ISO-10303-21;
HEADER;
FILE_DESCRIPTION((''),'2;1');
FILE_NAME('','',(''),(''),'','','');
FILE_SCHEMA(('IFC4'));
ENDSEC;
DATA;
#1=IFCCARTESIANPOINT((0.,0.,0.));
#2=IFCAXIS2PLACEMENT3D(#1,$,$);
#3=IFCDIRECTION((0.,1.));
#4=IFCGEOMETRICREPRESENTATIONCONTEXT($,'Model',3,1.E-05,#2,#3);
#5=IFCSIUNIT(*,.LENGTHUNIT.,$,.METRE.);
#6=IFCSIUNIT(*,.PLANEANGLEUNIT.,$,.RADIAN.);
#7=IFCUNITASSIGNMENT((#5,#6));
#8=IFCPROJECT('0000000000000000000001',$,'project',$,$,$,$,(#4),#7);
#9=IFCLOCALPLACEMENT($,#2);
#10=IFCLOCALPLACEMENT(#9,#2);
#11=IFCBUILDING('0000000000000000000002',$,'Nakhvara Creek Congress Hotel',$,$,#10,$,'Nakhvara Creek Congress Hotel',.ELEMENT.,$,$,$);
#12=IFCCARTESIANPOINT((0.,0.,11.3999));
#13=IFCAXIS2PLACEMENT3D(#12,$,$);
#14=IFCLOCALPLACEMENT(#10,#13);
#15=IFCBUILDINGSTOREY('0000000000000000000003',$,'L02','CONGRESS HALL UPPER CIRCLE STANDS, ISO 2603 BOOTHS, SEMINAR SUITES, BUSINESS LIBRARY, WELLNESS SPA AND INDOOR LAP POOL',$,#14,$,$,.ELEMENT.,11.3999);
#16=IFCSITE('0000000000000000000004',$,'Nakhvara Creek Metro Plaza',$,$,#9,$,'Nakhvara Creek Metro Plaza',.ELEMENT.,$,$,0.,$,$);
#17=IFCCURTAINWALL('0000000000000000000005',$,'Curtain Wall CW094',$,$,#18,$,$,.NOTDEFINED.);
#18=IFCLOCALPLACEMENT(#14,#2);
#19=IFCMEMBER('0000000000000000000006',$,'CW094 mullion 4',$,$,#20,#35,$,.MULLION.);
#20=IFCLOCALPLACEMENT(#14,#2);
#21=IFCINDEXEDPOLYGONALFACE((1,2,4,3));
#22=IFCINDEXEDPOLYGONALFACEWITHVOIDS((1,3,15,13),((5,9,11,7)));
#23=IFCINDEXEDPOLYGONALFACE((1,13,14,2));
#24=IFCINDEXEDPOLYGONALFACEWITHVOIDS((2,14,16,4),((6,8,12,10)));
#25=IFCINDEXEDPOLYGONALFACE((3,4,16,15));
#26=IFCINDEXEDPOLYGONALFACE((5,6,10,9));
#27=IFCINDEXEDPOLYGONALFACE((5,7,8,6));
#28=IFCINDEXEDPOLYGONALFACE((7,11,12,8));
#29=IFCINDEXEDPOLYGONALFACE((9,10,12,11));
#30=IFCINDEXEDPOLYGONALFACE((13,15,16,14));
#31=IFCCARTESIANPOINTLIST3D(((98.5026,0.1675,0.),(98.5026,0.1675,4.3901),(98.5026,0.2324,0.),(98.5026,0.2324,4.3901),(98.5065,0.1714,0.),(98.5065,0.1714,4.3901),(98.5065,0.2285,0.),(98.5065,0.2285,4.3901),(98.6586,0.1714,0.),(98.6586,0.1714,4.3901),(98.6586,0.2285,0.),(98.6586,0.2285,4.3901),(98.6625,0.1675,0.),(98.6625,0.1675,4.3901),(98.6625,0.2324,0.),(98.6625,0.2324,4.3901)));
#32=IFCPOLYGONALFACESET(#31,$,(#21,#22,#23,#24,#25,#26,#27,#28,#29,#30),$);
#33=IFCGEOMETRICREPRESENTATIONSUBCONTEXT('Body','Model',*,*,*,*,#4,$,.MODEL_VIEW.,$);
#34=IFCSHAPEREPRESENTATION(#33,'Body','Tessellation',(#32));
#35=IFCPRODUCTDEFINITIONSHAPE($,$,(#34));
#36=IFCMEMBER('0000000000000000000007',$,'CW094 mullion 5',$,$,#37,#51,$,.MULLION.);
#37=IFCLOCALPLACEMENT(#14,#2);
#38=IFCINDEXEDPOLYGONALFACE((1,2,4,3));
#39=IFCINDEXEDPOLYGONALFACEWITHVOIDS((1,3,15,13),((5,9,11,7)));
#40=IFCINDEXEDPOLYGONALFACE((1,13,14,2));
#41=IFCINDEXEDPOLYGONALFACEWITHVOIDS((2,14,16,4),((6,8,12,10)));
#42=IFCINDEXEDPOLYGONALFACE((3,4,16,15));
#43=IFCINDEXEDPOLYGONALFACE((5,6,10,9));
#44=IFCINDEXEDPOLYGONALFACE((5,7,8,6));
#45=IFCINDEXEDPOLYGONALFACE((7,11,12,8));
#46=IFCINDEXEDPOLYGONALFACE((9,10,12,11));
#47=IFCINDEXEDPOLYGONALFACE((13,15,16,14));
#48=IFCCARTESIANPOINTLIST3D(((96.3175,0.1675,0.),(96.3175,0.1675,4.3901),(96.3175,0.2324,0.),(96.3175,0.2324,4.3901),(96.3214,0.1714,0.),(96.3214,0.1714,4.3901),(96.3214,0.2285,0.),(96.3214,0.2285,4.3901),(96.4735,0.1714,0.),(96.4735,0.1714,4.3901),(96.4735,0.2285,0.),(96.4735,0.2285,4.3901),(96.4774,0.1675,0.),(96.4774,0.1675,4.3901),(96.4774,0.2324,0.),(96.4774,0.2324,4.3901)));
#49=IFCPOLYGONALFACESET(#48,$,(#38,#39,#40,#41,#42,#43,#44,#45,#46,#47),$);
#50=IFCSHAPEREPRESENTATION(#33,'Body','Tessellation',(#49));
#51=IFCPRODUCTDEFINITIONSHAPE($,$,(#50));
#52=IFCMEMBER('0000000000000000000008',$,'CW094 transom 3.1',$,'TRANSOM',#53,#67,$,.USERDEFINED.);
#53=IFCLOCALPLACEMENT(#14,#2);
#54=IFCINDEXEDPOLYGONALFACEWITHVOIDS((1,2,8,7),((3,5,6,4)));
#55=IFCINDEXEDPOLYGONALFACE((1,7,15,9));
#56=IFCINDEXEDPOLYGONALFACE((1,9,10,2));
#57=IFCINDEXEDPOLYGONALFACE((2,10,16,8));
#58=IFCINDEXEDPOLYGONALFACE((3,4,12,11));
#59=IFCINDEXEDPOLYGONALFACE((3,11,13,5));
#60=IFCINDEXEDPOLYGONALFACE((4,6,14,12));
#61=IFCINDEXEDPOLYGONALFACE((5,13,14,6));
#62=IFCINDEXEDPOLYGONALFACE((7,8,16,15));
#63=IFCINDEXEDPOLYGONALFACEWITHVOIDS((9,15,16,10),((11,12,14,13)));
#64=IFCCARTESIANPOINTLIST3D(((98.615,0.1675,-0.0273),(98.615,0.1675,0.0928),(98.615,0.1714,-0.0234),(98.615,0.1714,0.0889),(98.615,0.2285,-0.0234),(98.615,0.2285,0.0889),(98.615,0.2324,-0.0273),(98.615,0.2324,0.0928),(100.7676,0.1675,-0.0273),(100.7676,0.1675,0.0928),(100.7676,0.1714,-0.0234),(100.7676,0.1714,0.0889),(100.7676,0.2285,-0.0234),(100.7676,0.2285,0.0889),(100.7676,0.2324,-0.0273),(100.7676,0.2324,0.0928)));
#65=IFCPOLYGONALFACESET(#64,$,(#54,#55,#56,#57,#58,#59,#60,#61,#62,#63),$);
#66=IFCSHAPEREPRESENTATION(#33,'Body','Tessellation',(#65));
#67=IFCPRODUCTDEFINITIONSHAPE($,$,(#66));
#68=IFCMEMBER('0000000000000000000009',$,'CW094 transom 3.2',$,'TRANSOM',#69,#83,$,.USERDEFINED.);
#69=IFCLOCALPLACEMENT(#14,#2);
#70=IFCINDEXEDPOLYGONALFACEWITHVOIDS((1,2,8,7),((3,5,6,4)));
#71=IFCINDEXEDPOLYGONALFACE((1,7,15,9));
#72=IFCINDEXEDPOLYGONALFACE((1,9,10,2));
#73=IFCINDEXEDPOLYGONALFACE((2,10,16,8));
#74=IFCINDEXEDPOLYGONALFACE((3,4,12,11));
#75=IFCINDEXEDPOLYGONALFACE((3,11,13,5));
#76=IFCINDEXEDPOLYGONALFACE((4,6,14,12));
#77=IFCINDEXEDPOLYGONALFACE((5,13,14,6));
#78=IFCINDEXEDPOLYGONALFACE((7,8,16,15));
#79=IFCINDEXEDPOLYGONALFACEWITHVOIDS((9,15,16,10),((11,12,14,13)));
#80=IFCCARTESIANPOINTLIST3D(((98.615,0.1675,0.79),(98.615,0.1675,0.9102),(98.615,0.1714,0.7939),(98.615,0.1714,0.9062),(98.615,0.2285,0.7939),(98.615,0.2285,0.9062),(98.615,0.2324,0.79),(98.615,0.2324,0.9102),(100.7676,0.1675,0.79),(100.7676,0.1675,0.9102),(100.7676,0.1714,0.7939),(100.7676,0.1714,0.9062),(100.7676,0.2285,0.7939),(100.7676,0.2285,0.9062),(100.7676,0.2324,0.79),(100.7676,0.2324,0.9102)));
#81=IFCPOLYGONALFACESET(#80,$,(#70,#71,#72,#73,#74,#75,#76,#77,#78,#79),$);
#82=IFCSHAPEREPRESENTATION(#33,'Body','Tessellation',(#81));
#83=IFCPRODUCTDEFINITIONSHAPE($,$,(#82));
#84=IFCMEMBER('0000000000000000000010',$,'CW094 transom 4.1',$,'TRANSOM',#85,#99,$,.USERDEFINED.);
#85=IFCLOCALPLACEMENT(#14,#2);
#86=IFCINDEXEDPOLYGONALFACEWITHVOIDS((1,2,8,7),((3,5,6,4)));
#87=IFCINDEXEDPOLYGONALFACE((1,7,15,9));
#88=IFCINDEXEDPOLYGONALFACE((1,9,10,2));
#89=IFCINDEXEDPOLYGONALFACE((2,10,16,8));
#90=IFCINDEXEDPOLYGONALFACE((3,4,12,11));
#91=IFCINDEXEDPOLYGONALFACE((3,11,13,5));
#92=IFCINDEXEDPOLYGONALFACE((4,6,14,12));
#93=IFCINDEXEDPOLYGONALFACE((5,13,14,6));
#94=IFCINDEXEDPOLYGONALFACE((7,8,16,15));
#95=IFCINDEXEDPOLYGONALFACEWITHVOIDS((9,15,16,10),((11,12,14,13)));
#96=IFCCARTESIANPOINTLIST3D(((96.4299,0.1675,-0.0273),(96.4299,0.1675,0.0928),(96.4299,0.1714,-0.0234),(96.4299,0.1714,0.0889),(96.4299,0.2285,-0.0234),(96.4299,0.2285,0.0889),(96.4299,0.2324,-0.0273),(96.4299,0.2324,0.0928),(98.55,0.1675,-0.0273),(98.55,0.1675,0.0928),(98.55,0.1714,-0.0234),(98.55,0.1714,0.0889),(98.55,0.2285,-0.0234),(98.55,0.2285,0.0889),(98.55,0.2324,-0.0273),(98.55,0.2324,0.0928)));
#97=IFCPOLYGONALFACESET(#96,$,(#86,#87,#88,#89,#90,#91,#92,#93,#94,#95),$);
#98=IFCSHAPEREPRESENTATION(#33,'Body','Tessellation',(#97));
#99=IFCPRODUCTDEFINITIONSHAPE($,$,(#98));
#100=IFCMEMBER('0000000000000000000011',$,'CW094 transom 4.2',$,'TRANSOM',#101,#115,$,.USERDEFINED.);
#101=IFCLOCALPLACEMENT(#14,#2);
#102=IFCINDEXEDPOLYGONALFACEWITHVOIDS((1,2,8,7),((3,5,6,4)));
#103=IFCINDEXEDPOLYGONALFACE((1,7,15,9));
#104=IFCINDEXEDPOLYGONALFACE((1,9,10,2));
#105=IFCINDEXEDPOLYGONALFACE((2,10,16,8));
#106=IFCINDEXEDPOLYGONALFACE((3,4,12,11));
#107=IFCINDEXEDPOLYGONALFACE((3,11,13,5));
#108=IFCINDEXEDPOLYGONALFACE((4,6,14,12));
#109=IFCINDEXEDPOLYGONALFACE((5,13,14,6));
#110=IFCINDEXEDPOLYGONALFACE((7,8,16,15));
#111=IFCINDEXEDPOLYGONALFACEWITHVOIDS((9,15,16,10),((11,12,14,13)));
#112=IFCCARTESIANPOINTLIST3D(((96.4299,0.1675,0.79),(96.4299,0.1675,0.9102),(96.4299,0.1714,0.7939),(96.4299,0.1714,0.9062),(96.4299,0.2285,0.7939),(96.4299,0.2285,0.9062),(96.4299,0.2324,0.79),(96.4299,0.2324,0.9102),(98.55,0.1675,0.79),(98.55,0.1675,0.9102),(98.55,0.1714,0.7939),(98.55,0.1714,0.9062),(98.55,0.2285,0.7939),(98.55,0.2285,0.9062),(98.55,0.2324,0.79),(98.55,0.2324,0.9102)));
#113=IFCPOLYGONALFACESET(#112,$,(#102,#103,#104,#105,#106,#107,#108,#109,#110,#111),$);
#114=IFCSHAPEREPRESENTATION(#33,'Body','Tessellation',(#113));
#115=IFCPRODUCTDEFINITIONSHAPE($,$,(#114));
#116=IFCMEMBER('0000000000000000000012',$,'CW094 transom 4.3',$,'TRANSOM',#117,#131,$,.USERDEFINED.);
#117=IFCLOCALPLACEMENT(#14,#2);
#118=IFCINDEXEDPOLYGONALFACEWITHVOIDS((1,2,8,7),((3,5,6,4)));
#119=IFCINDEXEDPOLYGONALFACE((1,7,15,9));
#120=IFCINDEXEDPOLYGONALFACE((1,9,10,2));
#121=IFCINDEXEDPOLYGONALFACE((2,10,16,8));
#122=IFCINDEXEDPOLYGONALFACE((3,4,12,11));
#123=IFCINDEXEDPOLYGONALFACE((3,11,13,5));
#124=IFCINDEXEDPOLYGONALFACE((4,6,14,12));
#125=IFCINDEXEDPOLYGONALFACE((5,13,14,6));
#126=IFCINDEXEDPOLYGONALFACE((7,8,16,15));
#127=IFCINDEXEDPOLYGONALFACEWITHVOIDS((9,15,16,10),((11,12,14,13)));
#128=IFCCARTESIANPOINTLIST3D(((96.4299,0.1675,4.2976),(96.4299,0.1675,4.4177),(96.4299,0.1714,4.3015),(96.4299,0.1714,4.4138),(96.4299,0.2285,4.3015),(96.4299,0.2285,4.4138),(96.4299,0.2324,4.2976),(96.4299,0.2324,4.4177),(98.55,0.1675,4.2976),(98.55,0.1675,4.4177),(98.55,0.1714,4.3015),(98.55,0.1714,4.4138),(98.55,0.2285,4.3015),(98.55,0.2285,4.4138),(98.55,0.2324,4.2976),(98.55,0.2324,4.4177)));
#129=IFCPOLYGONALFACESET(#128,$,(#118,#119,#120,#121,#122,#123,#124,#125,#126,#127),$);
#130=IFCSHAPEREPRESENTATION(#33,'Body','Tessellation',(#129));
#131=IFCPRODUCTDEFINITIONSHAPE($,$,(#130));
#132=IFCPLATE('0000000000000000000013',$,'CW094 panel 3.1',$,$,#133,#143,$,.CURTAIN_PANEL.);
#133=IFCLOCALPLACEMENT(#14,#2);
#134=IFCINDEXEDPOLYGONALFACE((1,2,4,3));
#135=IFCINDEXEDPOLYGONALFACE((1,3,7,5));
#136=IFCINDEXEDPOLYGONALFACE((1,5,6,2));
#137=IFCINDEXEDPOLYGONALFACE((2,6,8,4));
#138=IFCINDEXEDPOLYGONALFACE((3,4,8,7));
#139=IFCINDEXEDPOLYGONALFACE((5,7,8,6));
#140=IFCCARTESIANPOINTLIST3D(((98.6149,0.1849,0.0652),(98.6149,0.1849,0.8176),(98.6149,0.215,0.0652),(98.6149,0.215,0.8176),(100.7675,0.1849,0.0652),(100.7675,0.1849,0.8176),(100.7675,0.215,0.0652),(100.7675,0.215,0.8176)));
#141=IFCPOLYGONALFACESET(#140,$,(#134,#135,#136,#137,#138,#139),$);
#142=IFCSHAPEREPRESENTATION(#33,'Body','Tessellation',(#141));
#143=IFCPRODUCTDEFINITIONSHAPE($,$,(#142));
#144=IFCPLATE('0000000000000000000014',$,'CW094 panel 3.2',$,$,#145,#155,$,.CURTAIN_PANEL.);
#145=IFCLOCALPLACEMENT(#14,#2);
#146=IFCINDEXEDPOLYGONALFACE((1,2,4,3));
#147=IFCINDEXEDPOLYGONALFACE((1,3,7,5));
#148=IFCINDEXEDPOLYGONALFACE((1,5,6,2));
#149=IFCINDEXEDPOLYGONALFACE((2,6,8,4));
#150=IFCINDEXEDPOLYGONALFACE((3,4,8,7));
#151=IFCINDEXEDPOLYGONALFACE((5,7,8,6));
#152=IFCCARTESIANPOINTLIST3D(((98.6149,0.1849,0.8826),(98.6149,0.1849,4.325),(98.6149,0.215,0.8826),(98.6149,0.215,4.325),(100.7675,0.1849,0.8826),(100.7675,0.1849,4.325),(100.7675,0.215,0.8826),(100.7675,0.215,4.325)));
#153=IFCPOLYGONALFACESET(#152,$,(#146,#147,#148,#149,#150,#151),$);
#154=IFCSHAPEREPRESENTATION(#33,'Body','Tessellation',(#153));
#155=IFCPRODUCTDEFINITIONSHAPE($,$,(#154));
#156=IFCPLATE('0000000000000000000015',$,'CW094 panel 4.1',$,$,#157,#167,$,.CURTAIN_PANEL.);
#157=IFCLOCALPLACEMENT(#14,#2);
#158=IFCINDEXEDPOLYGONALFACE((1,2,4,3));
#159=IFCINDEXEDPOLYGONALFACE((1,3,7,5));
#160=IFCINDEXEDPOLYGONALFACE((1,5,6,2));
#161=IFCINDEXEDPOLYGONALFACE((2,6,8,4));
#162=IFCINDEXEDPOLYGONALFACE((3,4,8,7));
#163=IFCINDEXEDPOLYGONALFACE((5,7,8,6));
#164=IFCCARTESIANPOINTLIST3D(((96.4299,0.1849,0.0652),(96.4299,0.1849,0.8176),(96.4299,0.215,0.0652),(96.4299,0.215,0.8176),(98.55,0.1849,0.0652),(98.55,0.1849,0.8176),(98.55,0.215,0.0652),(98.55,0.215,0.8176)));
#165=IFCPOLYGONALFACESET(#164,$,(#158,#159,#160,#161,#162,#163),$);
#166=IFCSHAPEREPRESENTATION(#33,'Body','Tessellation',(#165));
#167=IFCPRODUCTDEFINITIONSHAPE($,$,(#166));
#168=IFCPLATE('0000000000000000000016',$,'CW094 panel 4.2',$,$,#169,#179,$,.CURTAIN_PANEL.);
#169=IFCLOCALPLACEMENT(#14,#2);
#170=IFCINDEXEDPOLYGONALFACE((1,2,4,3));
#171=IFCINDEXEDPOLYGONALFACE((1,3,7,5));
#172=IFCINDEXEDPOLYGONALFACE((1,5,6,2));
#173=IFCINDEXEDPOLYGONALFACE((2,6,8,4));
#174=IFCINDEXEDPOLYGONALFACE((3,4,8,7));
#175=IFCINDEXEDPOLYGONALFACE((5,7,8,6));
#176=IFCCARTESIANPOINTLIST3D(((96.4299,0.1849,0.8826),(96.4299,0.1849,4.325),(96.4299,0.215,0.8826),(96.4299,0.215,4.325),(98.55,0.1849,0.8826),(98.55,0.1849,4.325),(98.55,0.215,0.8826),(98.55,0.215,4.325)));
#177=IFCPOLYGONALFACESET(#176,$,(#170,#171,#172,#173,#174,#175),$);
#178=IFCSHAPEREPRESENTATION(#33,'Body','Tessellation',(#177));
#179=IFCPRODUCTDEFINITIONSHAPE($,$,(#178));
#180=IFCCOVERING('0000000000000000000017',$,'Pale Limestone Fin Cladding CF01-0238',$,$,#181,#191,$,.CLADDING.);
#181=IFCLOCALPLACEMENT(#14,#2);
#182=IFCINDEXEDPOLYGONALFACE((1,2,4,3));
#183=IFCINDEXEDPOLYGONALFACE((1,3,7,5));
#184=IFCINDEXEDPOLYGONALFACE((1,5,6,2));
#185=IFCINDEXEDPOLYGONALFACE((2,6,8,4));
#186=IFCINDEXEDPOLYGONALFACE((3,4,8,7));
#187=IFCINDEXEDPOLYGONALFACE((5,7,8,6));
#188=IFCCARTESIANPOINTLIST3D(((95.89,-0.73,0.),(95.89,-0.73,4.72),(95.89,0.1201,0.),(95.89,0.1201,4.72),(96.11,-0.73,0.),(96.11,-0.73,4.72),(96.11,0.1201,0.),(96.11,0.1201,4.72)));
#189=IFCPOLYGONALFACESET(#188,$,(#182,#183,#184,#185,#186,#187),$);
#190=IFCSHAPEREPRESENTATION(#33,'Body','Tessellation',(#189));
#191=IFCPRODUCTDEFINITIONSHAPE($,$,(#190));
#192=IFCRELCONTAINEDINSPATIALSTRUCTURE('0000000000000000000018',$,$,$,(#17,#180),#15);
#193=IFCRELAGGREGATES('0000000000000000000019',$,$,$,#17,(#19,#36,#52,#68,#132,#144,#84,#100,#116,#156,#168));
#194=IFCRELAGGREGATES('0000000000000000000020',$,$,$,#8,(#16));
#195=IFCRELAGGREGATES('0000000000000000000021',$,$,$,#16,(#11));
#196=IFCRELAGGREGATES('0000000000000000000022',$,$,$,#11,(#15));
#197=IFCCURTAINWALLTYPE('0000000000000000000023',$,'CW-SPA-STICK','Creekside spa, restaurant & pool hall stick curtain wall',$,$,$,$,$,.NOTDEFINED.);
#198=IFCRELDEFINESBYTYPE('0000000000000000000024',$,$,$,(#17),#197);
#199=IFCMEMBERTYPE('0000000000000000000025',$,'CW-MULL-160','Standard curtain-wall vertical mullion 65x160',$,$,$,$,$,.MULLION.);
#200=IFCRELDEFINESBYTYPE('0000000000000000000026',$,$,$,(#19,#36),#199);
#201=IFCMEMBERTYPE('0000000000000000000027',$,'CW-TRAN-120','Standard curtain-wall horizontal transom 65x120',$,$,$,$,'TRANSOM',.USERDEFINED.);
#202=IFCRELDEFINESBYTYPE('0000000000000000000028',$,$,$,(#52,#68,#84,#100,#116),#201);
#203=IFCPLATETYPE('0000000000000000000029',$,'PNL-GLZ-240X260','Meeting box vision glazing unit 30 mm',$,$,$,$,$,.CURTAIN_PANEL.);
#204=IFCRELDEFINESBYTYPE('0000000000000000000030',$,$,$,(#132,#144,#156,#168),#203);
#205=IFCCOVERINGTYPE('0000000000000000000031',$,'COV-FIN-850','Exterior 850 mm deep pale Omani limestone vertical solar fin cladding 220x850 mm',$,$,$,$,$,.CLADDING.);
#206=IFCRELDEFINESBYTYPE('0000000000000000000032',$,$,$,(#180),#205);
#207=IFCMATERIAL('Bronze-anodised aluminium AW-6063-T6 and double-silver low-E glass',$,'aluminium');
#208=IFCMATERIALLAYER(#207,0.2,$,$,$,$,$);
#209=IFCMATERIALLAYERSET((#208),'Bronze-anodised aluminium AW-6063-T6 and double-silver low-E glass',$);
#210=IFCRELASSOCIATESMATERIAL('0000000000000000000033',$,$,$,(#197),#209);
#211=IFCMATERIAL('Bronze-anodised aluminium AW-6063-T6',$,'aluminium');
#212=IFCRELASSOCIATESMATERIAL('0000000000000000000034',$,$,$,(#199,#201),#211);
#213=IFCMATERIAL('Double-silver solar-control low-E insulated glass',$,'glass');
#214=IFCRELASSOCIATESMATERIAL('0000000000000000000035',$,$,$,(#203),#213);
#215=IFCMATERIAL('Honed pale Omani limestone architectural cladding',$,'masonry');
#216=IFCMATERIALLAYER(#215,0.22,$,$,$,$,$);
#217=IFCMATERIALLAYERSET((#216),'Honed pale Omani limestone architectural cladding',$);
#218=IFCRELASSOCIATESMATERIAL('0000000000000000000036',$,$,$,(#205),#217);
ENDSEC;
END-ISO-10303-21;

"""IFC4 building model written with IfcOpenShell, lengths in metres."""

from ifc_helpers import new_model, si_unit, direction, frame, origin, origin_2d, place, context, subcontext, project, spatial, rectangle, hollow_rectangle, extrude, material, layer, layer_set, material_profile, profile_set, type_object, element, aggregate, save


model = new_model("IFC4")

# Units and contexts
model_context = context("Model", 3, precision=1e-05, world=origin(), true_north=direction((0.0, 1.0)))
body_context = subcontext(model_context, "Body", "Model", "MODEL_VIEW")
ifc_project = project(units=[si_unit("LENGTHUNIT", "METRE"), si_unit("PLANEANGLEUNIT", "RADIAN")], contexts=[model_context])

# Site, building, storey
site_placement = place(None, origin())
site = spatial("IfcSite", under=ifc_project, at=site_placement, Name="Nakhvara Creek Metro Plaza", LongName="Nakhvara Creek Metro Plaza", CompositionType="ELEMENT", RefElevation=0.0)
building_placement = place(site_placement, origin())
building = spatial("IfcBuilding", under=site, at=building_placement, Name="Nakhvara Creek Congress Hotel", LongName="Nakhvara Creek Congress Hotel", CompositionType="ELEMENT")
storey_placement = place(building_placement, frame((0.0, 0.0, 11.3999)))
storey = spatial("IfcBuildingStorey", under=building, at=storey_placement, Name="L02", Description="CONGRESS HALL UPPER CIRCLE STANDS, ISO 2603 BOOTHS, SEMINAR SUITES, BUSINESS LIBRARY, WELLNESS SPA AND INDOOR LAP POOL", CompositionType="ELEMENT", Elevation=11.3999)

# Curtain wall, members, plates
ifc_material_1 = material(Name="Bronze-anodised aluminium AW-6063-T6 and double-silver low-E glass", Category="aluminium")
ifc_layer_1 = layer(ifc_material_1, 0.2)
ifc_layer_set_1 = layer_set([ifc_layer_1], Name="Bronze-anodised aluminium AW-6063-T6 and double-silver low-E glass")
curtain_wall_type = type_object("IfcCurtainWallType", Name="CW-SPA-STICK", Description="Creekside spa, restaurant & pool hall stick curtain wall", PredefinedType="NOTDEFINED", material=ifc_layer_set_1)
curtain_wall_placement = place(storey_placement, origin())
curtain_wall = element("IfcCurtainWall", 1, at=curtain_wall_placement, inside=storey, type_object=curtain_wall_type, Name="Curtain Wall CW094", PredefinedType="NOTDEFINED")
ifc_material_2 = material(Name="Bronze-anodised aluminium AW-6063-T6", Category="aluminium")
ifc_material_profile_1 = material_profile(ifc_material_2, hollow_rectangle(XDim=0.0649, YDim=0.1599, WallThickness=0.0039, at=origin_2d()), Name="ALU-MULL 65x160x4", Category="LoadBearing")
ifc_profile_set_1 = profile_set([ifc_material_profile_1], Name="Bronze-anodised aluminium AW-6063-T6")
member_type_1 = type_object("IfcMemberType", Name="CW-MULL-160", Description="Standard curtain-wall vertical mullion 65x160", PredefinedType="MULLION", material=ifc_profile_set_1)
member_1_placement = place(storey_placement, frame((98.5825, 0.2, 0.0), z_axis=(0.0, 0.0, 1.0), x_axis=(0.0, -1.0, 0.0)))
member_1 = element("IfcMember", 2, at=member_1_placement, type_object=member_type_1, Name="CW094 mullion 4", PredefinedType="MULLION", context=body_context, shape_type="SweptSolid", body=[
    extrude(hollow_rectangle(XDim=0.0649, YDim=0.1599, WallThickness=0.0039, at=origin_2d()), origin(), (0.0, 0.0, 1.0), 4.3901),
])
member_2_placement = place(storey_placement, frame((96.3975, 0.2, 0.0), z_axis=(0.0, 0.0, 1.0), x_axis=(0.0, -1.0, 0.0)))
member_2 = element("IfcMember", 3, at=member_2_placement, type_object=member_type_1, Name="CW094 mullion 5", PredefinedType="MULLION", context=body_context, shape_type="SweptSolid", body=[
    extrude(hollow_rectangle(XDim=0.0649, YDim=0.1599, WallThickness=0.0039, at=origin_2d()), origin(), (0.0, 0.0, 1.0), 4.3901),
])
ifc_material_profile_2 = material_profile(ifc_material_2, hollow_rectangle(XDim=0.0649, YDim=0.1201, WallThickness=0.0039, at=origin_2d()), Name="ALU-TRAN 65x120x4", Category="LoadBearing")
ifc_profile_set_2 = profile_set([ifc_material_profile_2], Name="Bronze-anodised aluminium AW-6063-T6")
member_type_2 = type_object("IfcMemberType", Name="CW-TRAN-120", Description="Standard curtain-wall horizontal transom 65x120", ElementType="TRANSOM", PredefinedType="USERDEFINED", material=ifc_profile_set_2)
member_3_placement = place(storey_placement, frame((100.7676, 0.2, 0.0327), z_axis=(-1.0, 0.0, 0.0), x_axis=(0.0, -1.0, 0.0)))
member_3 = element("IfcMember", 4, at=member_3_placement, type_object=member_type_2, Name="CW094 transom 3.1", ObjectType="TRANSOM", PredefinedType="USERDEFINED", context=body_context, shape_type="SweptSolid", body=[
    extrude(hollow_rectangle(XDim=0.0649, YDim=0.1201, WallThickness=0.0039, at=origin_2d()), origin(), (0.0, 0.0, 1.0), 2.1526),
])
member_4_placement = place(storey_placement, frame((100.7676, 0.2, 0.8501), z_axis=(-1.0, 0.0, 0.0), x_axis=(0.0, -1.0, 0.0)))
member_4 = element("IfcMember", 5, at=member_4_placement, type_object=member_type_2, Name="CW094 transom 3.2", ObjectType="TRANSOM", PredefinedType="USERDEFINED", context=body_context, shape_type="SweptSolid", body=[
    extrude(hollow_rectangle(XDim=0.0649, YDim=0.1201, WallThickness=0.0039, at=origin_2d()), origin(), (0.0, 0.0, 1.0), 2.1526),
])
member_5_placement = place(storey_placement, frame((98.55, 0.2, 0.0327), z_axis=(-1.0, 0.0, 0.0), x_axis=(0.0, -1.0, 0.0)))
member_5 = element("IfcMember", 6, at=member_5_placement, type_object=member_type_2, Name="CW094 transom 4.1", ObjectType="TRANSOM", PredefinedType="USERDEFINED", context=body_context, shape_type="SweptSolid", body=[
    extrude(hollow_rectangle(XDim=0.0649, YDim=0.1201, WallThickness=0.0039, at=origin_2d()), origin(), (0.0, 0.0, 1.0), 2.1201),
])
member_6_placement = place(storey_placement, frame((98.55, 0.2, 0.8501), z_axis=(-1.0, 0.0, 0.0), x_axis=(0.0, -1.0, 0.0)))
member_6 = element("IfcMember", 7, at=member_6_placement, type_object=member_type_2, Name="CW094 transom 4.2", ObjectType="TRANSOM", PredefinedType="USERDEFINED", context=body_context, shape_type="SweptSolid", body=[
    extrude(hollow_rectangle(XDim=0.0649, YDim=0.1201, WallThickness=0.0039, at=origin_2d()), origin(), (0.0, 0.0, 1.0), 2.1201),
])
member_7_placement = place(storey_placement, frame((98.55, 0.2, 4.3577), z_axis=(-1.0, 0.0, 0.0), x_axis=(0.0, -1.0, 0.0)))
member_7 = element("IfcMember", 8, at=member_7_placement, type_object=member_type_2, Name="CW094 transom 4.3", ObjectType="TRANSOM", PredefinedType="USERDEFINED", context=body_context, shape_type="SweptSolid", body=[
    extrude(hollow_rectangle(XDim=0.0649, YDim=0.1201, WallThickness=0.0039, at=origin_2d()), origin(), (0.0, 0.0, 1.0), 2.1201),
])
ifc_material_3 = material(Name="Double-silver solar-control low-E insulated glass", Category="glass")
plate_type = type_object("IfcPlateType", Name="PNL-GLZ-240X260", Description="Meeting box vision glazing unit 30 mm", PredefinedType="CURTAIN_PANEL", material=ifc_material_3)
plate_1_placement = place(storey_placement, frame((99.6912, 0.2, 0.0652), z_axis=(0.0, 0.0, 1.0), x_axis=(-1.0, 0.0, 0.0)))
plate_1 = element("IfcPlate", 9, at=plate_1_placement, type_object=plate_type, Name="CW094 panel 3.1", PredefinedType="CURTAIN_PANEL", context=body_context, shape_type="SweptSolid", body=[
    extrude(rectangle(XDim=2.1526, YDim=0.03, at=origin_2d()), origin(), (0.0, 0.0, 1.0), 0.7524),
])
plate_2_placement = place(storey_placement, frame((99.6912, 0.2, 0.8826), z_axis=(0.0, 0.0, 1.0), x_axis=(-1.0, 0.0, 0.0)))
plate_2 = element("IfcPlate", 10, at=plate_2_placement, type_object=plate_type, Name="CW094 panel 3.2", PredefinedType="CURTAIN_PANEL", context=body_context, shape_type="SweptSolid", body=[
    extrude(rectangle(XDim=2.1526, YDim=0.03, at=origin_2d()), origin(), (0.0, 0.0, 1.0), 3.4424),
])
plate_3_placement = place(storey_placement, frame((97.49, 0.2, 0.0652), z_axis=(0.0, 0.0, 1.0), x_axis=(-1.0, 0.0, 0.0)))
plate_3 = element("IfcPlate", 11, at=plate_3_placement, type_object=plate_type, Name="CW094 panel 4.1", PredefinedType="CURTAIN_PANEL", context=body_context, shape_type="SweptSolid", body=[
    extrude(rectangle(XDim=2.1201, YDim=0.03, at=origin_2d()), origin(), (0.0, 0.0, 1.0), 0.7524),
])
plate_4_placement = place(storey_placement, frame((97.49, 0.2, 0.8826), z_axis=(0.0, 0.0, 1.0), x_axis=(-1.0, 0.0, 0.0)))
plate_4 = element("IfcPlate", 12, at=plate_4_placement, type_object=plate_type, Name="CW094 panel 4.2", PredefinedType="CURTAIN_PANEL", context=body_context, shape_type="SweptSolid", body=[
    extrude(rectangle(XDim=2.1201, YDim=0.03, at=origin_2d()), origin(), (0.0, 0.0, 1.0), 3.4424),
])
aggregate(curtain_wall, [member_1, member_2, member_3, member_4, plate_1, plate_2, member_5, member_6, member_7, plate_3, plate_4])

# Covering
ifc_material_4 = material(Name="Honed pale Omani limestone architectural cladding", Category="masonry")
ifc_layer_2 = layer(ifc_material_4, 0.22)
ifc_layer_set_2 = layer_set([ifc_layer_2], Name="Honed pale Omani limestone architectural cladding")
covering_type = type_object("IfcCoveringType", Name="COV-FIN-850", Description="Exterior 850 mm deep pale Omani limestone vertical solar fin cladding 220x850 mm", PredefinedType="CLADDING", material=ifc_layer_set_2)
for number, where, z_axis, x_axis, name in (
    (13, (96.0, -0.3049, 0.0), (0.0, 0.0, 1.0), (1.0, 0.0, 0.0), "Pale Limestone Fin Cladding CF01-0238"),
):
    element("IfcCovering", number, at=place(storey_placement, frame(where, z_axis=z_axis, x_axis=x_axis)), inside=storey, type_object=covering_type, Name=name, PredefinedType="CLADDING", context=body_context, shape_type="SweptSolid", body=[
        extrude(rectangle(XDim=0.22, YDim=0.8501, at=origin_2d()), origin(), (0.0, 0.0, 1.0), 4.72),
    ])

save(model, "model.ifc")
